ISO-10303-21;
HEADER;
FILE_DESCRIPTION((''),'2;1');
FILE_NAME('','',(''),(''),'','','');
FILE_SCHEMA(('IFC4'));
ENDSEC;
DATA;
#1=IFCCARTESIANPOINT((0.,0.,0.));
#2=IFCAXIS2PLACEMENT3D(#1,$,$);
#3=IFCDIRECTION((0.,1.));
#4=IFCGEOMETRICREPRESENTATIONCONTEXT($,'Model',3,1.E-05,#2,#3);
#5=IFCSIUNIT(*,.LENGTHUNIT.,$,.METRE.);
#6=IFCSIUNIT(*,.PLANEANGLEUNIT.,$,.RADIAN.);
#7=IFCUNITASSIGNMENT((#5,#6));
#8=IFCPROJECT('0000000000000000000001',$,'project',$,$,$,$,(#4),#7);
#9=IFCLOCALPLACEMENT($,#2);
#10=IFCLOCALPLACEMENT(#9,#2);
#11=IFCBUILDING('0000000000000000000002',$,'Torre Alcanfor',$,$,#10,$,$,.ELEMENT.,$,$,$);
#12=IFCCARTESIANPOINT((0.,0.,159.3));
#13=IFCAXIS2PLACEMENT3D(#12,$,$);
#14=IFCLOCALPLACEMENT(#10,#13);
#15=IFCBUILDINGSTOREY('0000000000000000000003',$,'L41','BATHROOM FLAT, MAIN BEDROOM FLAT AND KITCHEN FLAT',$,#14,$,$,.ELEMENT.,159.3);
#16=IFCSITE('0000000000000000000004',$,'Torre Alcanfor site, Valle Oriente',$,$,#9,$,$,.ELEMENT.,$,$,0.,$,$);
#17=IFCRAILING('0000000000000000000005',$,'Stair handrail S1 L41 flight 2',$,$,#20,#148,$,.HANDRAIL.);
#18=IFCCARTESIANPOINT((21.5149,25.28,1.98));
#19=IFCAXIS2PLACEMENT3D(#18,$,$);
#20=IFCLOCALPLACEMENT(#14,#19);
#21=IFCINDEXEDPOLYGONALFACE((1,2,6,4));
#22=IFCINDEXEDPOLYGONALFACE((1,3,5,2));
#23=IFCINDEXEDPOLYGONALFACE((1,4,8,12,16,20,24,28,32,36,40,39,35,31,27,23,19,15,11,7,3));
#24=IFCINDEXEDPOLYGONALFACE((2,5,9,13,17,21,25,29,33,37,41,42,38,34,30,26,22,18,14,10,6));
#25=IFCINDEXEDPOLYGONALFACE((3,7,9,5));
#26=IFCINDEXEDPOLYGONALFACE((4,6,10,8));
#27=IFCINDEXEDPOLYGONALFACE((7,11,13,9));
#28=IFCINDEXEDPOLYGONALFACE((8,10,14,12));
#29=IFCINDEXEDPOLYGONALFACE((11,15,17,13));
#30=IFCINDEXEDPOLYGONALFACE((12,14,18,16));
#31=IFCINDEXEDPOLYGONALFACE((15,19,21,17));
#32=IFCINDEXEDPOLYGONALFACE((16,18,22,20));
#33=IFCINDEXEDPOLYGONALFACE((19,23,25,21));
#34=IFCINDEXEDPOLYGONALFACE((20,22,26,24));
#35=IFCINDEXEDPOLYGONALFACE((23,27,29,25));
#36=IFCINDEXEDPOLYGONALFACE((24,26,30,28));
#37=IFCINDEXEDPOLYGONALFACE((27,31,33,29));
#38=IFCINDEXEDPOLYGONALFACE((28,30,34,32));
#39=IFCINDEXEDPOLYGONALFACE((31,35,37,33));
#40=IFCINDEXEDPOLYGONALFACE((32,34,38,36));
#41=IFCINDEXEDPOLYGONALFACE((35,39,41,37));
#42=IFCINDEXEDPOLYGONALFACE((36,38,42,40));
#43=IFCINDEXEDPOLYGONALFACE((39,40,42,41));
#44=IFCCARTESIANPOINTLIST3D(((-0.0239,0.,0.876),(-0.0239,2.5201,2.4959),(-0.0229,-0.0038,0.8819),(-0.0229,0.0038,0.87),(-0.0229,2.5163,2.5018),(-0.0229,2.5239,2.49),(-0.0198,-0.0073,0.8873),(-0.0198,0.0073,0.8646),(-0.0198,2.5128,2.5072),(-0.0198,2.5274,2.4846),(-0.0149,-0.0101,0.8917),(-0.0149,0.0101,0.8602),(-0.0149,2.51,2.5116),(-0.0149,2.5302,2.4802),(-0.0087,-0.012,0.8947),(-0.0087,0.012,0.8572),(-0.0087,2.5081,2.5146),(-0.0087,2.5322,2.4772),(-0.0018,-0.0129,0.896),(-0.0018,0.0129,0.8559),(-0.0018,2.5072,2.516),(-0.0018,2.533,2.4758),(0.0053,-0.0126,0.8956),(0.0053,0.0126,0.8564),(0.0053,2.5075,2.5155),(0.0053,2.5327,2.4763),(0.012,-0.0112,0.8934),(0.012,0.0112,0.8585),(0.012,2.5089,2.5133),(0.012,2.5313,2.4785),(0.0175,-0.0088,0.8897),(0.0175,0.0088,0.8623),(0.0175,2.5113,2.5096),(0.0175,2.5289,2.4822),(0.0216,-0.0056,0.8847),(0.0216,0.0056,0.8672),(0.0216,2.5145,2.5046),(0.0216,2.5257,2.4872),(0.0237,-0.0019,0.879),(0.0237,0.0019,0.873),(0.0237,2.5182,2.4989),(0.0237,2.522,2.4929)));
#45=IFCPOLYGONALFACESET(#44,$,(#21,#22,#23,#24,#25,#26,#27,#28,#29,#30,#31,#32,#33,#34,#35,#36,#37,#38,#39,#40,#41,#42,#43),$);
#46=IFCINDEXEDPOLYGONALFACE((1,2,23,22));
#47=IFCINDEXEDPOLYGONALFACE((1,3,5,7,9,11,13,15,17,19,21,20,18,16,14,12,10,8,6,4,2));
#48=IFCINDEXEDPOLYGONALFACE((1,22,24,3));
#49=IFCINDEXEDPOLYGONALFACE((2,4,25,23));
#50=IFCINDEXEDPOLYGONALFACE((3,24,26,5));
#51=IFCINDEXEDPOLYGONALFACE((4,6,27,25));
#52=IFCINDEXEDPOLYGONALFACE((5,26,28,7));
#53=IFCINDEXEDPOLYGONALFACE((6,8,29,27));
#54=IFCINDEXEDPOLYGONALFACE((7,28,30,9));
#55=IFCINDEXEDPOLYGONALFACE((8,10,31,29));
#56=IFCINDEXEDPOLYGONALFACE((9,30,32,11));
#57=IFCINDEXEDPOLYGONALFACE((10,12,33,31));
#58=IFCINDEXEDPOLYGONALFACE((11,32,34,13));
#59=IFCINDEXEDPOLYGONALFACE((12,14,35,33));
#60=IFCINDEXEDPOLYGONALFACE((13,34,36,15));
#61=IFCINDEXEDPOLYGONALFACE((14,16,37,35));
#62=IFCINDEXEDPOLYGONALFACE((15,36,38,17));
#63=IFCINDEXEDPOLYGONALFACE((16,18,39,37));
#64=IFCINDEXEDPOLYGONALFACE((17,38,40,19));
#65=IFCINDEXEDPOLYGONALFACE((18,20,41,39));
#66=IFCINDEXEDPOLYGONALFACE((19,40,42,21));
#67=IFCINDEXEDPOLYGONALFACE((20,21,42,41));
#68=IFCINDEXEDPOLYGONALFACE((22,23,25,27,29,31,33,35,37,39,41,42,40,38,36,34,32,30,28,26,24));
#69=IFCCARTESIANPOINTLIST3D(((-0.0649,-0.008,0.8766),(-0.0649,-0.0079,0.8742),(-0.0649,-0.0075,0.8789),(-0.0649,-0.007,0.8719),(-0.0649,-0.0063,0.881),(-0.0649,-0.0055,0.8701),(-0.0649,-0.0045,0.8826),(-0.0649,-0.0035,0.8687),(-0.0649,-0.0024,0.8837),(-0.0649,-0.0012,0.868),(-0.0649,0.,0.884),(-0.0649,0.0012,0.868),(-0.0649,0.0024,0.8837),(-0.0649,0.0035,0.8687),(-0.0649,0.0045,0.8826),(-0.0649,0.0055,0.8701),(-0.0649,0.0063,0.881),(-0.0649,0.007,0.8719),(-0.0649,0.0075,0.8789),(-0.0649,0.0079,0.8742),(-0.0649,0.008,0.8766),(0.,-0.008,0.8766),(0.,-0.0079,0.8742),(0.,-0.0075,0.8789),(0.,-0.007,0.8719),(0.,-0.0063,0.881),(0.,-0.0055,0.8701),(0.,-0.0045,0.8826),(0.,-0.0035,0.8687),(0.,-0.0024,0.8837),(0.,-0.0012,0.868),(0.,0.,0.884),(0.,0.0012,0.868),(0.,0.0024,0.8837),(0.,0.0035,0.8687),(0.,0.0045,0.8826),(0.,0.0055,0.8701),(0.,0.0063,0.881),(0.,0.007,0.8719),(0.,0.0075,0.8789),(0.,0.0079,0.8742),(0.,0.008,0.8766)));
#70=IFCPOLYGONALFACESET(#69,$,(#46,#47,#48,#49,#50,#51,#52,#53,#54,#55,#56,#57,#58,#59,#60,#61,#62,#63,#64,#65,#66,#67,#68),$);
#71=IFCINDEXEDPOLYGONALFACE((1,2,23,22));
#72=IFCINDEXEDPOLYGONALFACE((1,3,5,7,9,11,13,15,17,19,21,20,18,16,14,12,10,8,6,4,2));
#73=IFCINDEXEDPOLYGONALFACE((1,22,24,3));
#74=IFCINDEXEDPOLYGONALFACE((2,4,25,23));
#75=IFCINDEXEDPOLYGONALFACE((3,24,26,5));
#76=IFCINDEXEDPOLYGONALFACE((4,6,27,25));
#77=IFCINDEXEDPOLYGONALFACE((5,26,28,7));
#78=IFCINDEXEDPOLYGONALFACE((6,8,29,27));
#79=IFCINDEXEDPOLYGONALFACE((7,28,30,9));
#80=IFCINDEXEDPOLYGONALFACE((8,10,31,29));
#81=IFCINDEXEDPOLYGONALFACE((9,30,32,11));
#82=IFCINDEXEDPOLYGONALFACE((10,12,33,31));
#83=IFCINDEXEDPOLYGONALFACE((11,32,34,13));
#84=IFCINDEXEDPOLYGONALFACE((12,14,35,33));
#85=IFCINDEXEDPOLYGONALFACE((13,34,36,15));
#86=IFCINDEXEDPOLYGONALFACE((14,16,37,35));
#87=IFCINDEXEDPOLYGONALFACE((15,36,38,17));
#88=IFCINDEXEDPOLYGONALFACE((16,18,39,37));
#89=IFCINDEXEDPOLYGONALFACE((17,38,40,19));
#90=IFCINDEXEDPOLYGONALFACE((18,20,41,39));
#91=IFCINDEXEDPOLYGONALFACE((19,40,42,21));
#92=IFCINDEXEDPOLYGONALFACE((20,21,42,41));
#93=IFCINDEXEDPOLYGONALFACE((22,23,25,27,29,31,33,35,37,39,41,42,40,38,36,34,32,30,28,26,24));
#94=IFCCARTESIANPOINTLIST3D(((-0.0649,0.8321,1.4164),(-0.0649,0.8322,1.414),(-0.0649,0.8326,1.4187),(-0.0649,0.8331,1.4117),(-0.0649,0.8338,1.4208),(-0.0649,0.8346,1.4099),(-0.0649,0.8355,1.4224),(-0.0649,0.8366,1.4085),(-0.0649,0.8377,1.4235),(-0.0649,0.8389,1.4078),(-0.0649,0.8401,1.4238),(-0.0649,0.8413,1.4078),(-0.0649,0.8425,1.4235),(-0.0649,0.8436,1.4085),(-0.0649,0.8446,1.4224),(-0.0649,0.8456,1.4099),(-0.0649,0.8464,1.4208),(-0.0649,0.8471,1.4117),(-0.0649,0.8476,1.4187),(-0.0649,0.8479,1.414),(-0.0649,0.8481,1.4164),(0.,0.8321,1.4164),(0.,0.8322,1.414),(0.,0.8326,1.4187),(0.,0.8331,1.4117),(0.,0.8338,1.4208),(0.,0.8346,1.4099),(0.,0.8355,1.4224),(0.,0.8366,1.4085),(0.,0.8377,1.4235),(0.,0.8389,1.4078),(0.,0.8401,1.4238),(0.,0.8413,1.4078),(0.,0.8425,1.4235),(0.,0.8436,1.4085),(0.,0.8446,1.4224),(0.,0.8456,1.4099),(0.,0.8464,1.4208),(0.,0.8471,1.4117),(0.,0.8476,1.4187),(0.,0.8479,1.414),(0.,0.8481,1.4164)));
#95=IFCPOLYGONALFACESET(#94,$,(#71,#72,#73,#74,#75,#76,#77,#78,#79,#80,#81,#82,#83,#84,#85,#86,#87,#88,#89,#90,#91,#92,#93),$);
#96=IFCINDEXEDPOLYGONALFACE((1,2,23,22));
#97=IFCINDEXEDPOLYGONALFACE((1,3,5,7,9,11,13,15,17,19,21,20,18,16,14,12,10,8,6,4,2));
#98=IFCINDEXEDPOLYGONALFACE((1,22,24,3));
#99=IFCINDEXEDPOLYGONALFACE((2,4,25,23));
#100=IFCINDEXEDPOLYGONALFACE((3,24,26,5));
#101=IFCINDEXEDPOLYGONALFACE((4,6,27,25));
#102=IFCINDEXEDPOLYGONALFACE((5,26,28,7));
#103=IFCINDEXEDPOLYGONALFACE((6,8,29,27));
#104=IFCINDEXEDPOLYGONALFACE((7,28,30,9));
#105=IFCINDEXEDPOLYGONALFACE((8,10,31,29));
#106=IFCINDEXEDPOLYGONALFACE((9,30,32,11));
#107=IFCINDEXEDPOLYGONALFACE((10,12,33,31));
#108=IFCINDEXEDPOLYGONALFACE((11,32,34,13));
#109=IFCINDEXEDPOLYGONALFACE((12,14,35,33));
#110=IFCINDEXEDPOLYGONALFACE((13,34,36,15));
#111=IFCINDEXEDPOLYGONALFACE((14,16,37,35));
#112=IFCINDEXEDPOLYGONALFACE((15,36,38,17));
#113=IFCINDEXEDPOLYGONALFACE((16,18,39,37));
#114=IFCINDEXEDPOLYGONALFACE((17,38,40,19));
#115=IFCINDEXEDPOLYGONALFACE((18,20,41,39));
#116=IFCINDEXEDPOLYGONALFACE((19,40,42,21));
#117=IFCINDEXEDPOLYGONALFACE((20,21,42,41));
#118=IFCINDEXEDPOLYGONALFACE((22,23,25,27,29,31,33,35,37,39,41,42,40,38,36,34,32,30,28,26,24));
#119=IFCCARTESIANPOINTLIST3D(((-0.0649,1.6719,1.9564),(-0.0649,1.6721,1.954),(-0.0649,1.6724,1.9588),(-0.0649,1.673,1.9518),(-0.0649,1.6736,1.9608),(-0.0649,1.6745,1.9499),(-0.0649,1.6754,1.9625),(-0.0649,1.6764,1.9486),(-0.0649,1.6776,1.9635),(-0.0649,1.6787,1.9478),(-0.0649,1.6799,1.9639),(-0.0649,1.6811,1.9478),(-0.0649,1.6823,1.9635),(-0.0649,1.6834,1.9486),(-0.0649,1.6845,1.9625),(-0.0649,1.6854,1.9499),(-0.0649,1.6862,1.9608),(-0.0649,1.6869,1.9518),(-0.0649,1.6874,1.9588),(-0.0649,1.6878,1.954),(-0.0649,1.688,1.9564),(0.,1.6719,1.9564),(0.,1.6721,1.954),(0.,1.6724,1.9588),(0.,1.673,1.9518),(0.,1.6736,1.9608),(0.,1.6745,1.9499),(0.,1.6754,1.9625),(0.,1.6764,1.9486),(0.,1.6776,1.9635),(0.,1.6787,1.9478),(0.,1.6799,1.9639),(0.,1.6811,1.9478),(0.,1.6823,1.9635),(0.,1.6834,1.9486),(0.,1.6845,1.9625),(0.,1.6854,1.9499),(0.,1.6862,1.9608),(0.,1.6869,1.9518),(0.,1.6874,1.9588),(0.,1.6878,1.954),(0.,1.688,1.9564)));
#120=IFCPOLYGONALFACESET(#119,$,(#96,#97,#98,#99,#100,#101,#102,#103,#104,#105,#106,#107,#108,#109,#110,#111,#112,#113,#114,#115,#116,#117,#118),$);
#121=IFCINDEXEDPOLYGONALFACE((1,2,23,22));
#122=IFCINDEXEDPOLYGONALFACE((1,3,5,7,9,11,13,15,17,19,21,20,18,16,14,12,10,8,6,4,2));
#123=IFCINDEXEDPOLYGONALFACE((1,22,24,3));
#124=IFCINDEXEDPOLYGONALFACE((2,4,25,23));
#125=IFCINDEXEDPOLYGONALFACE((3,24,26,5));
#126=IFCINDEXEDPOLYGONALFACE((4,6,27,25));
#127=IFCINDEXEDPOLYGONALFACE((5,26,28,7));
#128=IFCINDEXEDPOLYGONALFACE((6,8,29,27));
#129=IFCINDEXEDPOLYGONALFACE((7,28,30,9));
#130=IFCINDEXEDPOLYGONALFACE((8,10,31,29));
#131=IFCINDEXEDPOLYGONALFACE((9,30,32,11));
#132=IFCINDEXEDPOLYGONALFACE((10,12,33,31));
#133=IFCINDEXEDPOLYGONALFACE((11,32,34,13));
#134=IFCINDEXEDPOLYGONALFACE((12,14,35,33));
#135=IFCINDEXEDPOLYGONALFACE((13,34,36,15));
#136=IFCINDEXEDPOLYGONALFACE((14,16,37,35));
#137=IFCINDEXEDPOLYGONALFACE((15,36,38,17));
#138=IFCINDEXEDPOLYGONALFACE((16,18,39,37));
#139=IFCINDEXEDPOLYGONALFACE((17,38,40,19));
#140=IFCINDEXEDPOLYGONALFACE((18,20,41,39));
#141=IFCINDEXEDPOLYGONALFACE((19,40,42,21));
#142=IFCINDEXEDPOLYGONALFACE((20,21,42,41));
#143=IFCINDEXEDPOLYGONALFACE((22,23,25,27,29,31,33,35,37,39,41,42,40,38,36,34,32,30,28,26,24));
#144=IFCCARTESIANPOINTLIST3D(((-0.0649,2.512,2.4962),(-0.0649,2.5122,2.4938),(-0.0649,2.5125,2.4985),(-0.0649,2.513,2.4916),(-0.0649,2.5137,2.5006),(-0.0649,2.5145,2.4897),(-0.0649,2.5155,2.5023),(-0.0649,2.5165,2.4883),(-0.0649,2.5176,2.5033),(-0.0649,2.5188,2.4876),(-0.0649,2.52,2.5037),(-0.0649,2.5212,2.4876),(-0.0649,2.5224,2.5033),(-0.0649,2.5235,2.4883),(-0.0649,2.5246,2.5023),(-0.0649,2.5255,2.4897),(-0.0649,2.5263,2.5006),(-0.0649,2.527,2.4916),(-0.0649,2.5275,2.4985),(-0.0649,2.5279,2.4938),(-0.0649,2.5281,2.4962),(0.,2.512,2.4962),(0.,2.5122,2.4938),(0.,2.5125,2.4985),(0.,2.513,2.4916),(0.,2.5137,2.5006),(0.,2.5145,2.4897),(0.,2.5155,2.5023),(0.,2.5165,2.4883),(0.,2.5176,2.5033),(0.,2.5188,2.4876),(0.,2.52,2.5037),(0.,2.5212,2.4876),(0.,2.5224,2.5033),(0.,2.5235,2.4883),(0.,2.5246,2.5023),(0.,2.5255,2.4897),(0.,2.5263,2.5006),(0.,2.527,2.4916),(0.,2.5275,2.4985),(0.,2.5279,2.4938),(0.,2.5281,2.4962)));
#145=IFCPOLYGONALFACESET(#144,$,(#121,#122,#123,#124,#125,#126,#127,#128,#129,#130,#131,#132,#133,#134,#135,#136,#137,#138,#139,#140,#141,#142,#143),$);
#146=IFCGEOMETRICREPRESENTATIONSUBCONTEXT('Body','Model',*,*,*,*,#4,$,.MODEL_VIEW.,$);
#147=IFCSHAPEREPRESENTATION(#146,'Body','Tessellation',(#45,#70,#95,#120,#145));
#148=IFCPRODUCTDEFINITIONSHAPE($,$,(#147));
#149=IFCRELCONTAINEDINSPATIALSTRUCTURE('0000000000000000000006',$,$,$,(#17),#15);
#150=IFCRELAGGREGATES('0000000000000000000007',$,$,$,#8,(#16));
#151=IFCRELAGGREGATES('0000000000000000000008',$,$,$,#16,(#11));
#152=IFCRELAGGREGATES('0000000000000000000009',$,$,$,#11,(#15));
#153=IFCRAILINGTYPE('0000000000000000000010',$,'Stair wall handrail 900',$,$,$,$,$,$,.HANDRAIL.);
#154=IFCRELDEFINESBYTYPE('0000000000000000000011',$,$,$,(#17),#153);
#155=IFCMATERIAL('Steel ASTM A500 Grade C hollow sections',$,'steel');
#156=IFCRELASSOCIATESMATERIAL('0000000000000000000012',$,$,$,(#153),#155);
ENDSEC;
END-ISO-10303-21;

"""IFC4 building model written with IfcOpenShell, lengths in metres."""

from ifc_helpers import new_model, si_unit, direction, frame, origin, origin_2d, place, context, subcontext, project, spatial, circle, extrude, material, type_object, element, save


model = new_model("IFC4")

# Units and contexts
model_context = context("Model", 3, precision=1e-05, world=origin(), true_north=direction((0.0, 1.0)))
body_context = subcontext(model_context, "Body", "Model", "MODEL_VIEW")
ifc_project = project(units=[si_unit("LENGTHUNIT", "METRE"), si_unit("PLANEANGLEUNIT", "RADIAN")], contexts=[model_context])

# Site, building, storey
site_placement = place(None, origin())
site = spatial("IfcSite", under=ifc_project, at=site_placement, Name="Torre Alcanfor site, Valle Oriente", CompositionType="ELEMENT", RefElevation=0.0)
building_placement = place(site_placement, origin())
building = spatial("IfcBuilding", under=site, at=building_placement, Name="Torre Alcanfor", CompositionType="ELEMENT")
storey_placement = place(building_placement, frame((0.0, 0.0, 159.3)))
storey = spatial("IfcBuildingStorey", under=building, at=storey_placement, Name="L41", Description="BATHROOM FLAT, MAIN BEDROOM FLAT AND KITCHEN FLAT", CompositionType="ELEMENT", Elevation=159.3)

# Railing
ifc_material_1 = material(Name="Steel ASTM A500 Grade C hollow sections", Category="steel")
railing_type_1 = type_object("IfcRailingType", Name="Stair wall handrail 900", PredefinedType="HANDRAIL", material=ifc_material_1)
railing_1_placement = place(storey_placement, frame((21.5149, 25.28, 1.98)))
element("IfcRailing", 1, at=railing_1_placement, inside=storey, type_object=railing_type_1, Name="Stair handrail S1 L41 flight 2", PredefinedType="HANDRAIL", context=body_context, shape_type="SweptSolid", body=[
    extrude(circle(Radius=0.0239, at=origin_2d()), frame((0.0, 0.0, 0.876), z_axis=(0.0, 0.8412, 0.540725), x_axis=(-1.0, 0.0, 0.0)), (0.0, 0.0, 1.0), 2.9958),
    extrude(circle(Radius=0.0081, at=origin_2d()), frame((0.0, 0.0, 0.876), z_axis=(-1.0, 0.0, 0.0), x_axis=(0.0, 0.0, 1.0)), (0.0, 0.0, 1.0), 0.0649),
    extrude(circle(Radius=0.0081, at=origin_2d()), frame((0.0, 0.8401, 1.4158), z_axis=(-1.0, 0.0, 0.0), x_axis=(0.0, 0.0, 1.0)), (0.0, 0.0, 1.0), 0.0649),
    extrude(circle(Radius=0.0081, at=origin_2d()), frame((0.0, 1.6799, 1.9558), z_axis=(-1.0, 0.0, 0.0), x_axis=(0.0, 0.0, 1.0)), (0.0, 0.0, 1.0), 0.0649),
    extrude(circle(Radius=0.0081, at=origin_2d()), frame((0.0, 2.52, 2.4956), z_axis=(-1.0, 0.0, 0.0), x_axis=(0.0, 0.0, 1.0)), (0.0, 0.0, 1.0), 0.0649),
])

save(model, "model.ifc")
